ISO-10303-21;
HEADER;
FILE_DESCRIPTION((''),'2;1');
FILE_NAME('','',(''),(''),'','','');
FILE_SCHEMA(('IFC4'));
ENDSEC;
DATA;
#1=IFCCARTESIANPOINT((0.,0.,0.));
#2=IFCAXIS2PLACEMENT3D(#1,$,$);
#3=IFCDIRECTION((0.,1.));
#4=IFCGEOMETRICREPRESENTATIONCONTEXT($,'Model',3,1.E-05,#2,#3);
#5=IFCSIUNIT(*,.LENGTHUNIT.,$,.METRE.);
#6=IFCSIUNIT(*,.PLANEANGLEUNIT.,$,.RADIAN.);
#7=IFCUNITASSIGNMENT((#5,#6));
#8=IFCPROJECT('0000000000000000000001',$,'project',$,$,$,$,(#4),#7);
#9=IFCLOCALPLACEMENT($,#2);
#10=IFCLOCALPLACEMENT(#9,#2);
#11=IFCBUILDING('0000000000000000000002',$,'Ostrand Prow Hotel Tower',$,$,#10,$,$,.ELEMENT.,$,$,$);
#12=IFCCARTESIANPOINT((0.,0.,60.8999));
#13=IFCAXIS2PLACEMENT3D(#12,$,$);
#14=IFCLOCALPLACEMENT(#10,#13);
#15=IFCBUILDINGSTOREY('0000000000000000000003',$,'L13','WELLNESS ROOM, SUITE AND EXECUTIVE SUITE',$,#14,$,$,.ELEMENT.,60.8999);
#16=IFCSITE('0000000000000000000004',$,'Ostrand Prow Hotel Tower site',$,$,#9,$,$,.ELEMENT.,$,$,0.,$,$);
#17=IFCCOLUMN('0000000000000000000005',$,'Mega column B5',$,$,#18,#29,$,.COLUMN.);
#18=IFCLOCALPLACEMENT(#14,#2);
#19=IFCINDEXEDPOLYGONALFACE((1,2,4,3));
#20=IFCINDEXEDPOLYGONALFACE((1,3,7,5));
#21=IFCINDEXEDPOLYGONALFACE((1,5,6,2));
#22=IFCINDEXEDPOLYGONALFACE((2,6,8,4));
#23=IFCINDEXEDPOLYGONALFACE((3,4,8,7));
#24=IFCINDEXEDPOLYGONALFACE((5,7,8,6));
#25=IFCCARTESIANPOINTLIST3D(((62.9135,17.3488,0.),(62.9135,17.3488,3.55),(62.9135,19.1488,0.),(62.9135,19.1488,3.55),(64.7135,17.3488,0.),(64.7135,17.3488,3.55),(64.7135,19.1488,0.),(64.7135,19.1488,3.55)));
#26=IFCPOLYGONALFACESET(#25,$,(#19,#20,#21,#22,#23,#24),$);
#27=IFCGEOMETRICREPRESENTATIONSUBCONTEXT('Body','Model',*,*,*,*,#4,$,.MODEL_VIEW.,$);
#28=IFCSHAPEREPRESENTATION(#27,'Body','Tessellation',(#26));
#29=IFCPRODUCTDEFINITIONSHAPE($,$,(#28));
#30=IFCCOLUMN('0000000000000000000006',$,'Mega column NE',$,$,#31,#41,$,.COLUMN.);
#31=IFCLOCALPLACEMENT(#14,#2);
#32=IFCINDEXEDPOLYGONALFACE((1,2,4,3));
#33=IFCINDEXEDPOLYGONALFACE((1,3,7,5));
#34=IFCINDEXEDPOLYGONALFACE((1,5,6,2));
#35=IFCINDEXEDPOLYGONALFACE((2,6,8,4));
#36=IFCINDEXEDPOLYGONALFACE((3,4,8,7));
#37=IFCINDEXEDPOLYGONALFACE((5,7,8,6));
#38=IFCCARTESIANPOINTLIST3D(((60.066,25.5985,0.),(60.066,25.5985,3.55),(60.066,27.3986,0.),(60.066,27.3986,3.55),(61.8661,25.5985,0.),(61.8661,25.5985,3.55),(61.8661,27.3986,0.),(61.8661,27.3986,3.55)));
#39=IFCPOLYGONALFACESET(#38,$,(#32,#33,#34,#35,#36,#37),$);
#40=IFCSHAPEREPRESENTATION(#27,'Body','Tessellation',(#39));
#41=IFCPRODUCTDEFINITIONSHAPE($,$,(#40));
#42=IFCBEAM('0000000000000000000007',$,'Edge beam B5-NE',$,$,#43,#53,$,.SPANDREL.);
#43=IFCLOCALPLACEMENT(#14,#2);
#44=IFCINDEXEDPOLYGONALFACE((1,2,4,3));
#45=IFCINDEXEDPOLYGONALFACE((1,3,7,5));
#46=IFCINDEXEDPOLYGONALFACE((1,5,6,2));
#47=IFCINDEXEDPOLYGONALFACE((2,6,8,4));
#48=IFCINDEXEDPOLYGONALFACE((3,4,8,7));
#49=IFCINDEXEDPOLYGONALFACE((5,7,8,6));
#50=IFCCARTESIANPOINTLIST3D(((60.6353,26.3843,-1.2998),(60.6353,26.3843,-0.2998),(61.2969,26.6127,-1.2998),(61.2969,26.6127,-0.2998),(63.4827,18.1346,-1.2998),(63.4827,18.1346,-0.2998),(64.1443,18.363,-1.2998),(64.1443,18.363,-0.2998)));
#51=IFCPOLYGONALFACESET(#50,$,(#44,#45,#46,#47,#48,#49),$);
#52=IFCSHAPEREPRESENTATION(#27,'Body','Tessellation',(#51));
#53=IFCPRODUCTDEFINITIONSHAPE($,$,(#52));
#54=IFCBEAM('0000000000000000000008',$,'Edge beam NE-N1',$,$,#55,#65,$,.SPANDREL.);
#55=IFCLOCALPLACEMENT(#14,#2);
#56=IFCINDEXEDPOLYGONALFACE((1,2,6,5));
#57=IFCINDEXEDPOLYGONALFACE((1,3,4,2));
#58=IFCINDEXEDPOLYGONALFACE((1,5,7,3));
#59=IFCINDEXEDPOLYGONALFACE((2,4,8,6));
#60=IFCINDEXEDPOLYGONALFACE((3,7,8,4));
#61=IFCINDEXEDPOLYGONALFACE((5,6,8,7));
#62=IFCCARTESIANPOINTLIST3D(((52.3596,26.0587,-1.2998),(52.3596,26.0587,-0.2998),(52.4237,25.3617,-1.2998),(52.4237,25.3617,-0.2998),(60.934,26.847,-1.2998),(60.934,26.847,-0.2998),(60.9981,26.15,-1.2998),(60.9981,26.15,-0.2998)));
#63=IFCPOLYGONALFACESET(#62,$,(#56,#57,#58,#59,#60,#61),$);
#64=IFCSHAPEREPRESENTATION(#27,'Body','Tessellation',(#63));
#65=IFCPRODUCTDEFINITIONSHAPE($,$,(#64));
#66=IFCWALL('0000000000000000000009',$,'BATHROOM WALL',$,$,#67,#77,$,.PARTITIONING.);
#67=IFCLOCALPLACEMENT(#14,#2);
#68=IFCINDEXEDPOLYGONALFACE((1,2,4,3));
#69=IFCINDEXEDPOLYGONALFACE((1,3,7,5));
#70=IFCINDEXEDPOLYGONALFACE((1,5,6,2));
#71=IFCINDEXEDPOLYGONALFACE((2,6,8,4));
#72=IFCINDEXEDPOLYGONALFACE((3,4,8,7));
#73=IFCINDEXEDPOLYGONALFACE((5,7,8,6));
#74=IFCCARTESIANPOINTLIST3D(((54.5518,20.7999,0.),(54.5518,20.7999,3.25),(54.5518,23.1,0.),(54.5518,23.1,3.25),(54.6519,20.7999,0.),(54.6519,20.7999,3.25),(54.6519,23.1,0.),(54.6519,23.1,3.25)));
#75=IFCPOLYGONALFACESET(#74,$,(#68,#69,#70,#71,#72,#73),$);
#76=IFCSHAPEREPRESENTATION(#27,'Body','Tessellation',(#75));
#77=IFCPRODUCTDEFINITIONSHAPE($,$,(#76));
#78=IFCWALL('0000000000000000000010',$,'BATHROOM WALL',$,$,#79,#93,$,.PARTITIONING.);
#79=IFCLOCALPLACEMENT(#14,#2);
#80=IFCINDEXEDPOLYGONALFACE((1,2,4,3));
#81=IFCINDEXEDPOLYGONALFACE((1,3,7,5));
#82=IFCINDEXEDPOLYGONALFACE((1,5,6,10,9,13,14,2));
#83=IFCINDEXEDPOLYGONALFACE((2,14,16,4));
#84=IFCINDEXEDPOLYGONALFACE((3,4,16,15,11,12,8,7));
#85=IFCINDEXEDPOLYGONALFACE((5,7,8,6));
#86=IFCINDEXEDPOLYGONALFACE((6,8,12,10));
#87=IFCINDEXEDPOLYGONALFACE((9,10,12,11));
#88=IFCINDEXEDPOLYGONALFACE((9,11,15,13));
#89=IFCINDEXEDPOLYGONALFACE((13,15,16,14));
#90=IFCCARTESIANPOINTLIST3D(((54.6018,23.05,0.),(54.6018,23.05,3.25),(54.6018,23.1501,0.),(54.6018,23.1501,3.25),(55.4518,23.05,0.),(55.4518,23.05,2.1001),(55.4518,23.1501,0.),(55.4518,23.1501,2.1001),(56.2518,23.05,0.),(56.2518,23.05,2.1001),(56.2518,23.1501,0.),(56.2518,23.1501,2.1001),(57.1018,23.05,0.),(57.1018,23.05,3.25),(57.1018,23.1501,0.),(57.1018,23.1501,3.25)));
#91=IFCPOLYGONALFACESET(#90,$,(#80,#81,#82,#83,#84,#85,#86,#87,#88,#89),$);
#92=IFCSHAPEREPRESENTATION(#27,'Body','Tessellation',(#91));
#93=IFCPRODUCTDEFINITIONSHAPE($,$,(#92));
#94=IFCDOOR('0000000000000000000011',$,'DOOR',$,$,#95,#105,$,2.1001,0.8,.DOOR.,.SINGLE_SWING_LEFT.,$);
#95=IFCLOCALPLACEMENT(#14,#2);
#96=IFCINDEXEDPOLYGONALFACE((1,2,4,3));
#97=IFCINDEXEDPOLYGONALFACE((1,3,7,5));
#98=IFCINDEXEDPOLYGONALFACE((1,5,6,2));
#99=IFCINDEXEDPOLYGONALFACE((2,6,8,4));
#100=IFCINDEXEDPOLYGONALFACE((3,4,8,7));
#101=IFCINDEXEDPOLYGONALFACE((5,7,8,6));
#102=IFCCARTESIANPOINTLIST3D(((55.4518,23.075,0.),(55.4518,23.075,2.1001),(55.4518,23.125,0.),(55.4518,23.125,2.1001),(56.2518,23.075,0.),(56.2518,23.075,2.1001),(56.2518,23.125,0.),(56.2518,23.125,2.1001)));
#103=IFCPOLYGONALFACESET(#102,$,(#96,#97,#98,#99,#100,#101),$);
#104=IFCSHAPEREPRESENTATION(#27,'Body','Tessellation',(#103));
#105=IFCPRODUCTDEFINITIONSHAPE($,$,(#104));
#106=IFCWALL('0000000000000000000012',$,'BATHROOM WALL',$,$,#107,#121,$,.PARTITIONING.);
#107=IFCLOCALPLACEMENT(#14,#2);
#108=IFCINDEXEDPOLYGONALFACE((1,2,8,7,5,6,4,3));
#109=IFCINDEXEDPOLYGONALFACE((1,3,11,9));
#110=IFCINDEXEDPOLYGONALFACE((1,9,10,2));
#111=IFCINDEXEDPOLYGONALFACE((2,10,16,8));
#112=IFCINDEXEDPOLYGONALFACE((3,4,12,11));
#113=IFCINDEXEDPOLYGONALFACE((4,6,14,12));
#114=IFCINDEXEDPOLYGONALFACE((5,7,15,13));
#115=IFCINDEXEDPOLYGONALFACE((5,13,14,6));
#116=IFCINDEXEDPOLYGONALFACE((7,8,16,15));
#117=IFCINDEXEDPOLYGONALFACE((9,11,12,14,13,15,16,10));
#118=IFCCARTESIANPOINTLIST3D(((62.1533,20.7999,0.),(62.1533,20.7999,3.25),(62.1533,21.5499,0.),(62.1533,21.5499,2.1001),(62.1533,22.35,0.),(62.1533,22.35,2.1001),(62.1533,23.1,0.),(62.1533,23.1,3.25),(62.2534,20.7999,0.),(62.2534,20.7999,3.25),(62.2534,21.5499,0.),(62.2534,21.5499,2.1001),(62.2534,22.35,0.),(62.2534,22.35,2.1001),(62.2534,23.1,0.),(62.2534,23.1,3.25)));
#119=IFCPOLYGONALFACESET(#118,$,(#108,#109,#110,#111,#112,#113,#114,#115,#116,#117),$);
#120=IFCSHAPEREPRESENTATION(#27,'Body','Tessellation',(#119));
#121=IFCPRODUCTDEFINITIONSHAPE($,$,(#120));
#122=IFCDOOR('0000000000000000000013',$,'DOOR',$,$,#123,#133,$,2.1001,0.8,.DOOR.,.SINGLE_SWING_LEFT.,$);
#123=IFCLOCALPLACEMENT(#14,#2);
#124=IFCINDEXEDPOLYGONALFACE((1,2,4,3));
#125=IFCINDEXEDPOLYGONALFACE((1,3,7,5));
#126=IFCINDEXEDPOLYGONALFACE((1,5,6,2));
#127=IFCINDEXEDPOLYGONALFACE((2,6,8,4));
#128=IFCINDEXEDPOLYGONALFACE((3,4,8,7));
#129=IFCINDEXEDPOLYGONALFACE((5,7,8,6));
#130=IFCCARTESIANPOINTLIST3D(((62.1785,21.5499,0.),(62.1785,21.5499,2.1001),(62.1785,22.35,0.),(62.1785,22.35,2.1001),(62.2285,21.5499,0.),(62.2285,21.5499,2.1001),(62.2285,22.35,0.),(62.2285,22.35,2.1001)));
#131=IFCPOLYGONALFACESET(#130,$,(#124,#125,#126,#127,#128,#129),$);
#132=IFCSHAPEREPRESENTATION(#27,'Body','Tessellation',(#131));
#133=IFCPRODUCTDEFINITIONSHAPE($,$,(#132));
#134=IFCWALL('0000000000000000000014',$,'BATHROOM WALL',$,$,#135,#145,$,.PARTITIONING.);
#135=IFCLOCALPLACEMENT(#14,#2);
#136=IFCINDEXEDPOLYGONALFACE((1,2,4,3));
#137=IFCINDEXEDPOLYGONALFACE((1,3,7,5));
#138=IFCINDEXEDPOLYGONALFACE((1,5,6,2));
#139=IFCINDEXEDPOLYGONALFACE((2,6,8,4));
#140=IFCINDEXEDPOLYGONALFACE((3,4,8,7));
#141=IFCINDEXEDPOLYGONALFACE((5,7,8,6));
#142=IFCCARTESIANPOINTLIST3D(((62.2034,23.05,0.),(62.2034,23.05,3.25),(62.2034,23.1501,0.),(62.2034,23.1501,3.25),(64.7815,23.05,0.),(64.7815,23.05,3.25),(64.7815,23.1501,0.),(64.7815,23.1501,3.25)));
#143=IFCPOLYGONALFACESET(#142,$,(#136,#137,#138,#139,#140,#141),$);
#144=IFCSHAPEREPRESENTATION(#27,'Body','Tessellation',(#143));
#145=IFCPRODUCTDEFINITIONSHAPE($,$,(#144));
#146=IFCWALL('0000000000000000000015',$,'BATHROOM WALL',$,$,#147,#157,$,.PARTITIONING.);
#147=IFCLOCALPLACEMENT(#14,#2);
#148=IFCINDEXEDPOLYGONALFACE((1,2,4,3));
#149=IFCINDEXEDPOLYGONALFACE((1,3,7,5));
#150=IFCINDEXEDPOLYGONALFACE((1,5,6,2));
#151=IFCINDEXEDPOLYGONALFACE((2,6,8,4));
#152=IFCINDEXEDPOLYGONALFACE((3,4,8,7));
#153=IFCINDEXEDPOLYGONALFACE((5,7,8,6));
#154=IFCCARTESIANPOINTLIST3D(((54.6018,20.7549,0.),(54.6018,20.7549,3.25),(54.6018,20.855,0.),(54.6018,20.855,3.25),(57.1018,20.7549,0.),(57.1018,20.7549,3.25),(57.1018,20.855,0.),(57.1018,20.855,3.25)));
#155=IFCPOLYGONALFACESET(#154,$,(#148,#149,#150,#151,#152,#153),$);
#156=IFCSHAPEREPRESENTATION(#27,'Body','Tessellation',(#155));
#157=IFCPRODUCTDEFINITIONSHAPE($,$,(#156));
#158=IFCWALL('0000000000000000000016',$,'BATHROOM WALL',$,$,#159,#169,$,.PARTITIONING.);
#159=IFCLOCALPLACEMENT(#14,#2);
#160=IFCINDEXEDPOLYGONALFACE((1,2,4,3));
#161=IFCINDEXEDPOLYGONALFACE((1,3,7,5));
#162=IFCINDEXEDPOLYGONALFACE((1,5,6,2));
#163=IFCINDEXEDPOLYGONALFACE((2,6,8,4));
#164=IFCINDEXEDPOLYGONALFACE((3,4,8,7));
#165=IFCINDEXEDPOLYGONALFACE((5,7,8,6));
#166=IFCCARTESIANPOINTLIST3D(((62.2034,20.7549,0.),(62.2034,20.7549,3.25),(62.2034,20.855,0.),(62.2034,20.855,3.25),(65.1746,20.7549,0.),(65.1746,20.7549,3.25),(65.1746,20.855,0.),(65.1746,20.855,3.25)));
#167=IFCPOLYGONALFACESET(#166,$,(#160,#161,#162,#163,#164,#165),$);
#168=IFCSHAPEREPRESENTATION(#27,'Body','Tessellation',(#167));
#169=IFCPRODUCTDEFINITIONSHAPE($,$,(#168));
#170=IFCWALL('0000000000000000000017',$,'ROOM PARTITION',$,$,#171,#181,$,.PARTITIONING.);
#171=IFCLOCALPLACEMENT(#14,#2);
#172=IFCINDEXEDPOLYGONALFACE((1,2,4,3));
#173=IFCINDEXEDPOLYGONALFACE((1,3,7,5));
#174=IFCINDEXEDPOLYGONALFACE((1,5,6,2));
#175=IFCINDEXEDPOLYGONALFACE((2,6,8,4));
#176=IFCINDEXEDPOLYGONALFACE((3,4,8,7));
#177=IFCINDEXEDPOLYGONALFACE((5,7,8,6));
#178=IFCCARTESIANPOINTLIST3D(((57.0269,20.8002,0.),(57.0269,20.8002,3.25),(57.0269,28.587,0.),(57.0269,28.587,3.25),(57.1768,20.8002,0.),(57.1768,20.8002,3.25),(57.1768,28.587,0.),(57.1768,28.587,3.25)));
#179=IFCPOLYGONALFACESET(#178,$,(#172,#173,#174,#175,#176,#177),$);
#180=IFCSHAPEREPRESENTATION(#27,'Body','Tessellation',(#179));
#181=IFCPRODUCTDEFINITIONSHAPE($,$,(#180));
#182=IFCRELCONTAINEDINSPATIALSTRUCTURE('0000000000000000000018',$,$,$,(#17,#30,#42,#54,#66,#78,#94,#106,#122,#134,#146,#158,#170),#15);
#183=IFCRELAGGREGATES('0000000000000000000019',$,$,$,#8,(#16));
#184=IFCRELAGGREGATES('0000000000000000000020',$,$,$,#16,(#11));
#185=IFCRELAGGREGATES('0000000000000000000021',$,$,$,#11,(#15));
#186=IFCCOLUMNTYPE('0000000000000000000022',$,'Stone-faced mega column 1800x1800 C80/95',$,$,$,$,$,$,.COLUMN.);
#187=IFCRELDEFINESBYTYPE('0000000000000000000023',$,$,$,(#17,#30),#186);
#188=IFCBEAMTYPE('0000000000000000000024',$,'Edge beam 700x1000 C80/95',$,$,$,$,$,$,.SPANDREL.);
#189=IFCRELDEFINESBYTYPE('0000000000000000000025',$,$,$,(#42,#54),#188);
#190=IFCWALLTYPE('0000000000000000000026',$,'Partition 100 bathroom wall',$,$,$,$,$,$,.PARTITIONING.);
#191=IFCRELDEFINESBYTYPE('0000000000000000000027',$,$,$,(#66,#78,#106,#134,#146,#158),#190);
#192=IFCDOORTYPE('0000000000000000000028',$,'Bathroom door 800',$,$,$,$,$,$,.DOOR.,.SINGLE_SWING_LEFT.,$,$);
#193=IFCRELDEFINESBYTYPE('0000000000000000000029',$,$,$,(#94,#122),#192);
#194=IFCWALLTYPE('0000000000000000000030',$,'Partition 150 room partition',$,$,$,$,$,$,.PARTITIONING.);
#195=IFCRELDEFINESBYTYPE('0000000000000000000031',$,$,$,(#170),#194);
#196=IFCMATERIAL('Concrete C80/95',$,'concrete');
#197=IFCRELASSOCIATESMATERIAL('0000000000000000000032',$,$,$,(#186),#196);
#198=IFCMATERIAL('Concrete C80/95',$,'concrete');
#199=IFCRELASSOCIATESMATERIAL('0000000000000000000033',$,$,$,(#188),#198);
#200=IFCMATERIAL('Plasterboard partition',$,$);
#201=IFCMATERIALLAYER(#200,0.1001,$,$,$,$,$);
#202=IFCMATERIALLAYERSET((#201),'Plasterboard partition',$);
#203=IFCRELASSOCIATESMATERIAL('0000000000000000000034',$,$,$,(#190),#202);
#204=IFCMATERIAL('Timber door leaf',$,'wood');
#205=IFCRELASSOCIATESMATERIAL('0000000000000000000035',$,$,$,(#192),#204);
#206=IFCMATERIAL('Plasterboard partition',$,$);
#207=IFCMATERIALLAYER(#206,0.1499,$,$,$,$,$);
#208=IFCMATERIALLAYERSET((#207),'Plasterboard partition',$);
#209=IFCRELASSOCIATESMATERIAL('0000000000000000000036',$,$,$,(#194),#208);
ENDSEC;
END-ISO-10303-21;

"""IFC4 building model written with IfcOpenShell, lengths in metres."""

from ifc_helpers import new_model, si_unit, direction, frame, frame_2d, origin, origin_2d, place, context, subcontext, project, spatial, rectangle, extrude, material, layer, layer_set, material_profile, profile_set, type_object, element, fill, save


model = new_model("IFC4")

# Units and contexts
model_context = context("Model", 3, precision=1e-05, world=origin(), true_north=direction((0.0, 1.0)))
body_context = subcontext(model_context, "Body", "Model", "MODEL_VIEW")
ifc_project = project(units=[si_unit("LENGTHUNIT", "METRE"), si_unit("PLANEANGLEUNIT", "RADIAN")], contexts=[model_context])

# Site, building, storey
site_placement = place(None, origin())
site = spatial("IfcSite", under=ifc_project, at=site_placement, Name="Ostrand Prow Hotel Tower site", CompositionType="ELEMENT", RefElevation=0.0)
building_placement = place(site_placement, origin())
building = spatial("IfcBuilding", under=site, at=building_placement, Name="Ostrand Prow Hotel Tower", CompositionType="ELEMENT")
storey_placement = place(building_placement, frame((0.0, 0.0, 60.8999)))
storey = spatial("IfcBuildingStorey", under=building, at=storey_placement, Name="L13", Description="WELLNESS ROOM, SUITE AND EXECUTIVE SUITE", CompositionType="ELEMENT", Elevation=60.8999)

# Columns
ifc_material_1 = material(Name="Concrete C80/95", Category="concrete")
ifc_material_profile_1 = material_profile(ifc_material_1, rectangle(XDim=1.8, YDim=1.8, at=origin_2d()), Name="RC 1800x1800")
ifc_profile_set_1 = profile_set([ifc_material_profile_1], Name="Concrete C80/95")
column_type = type_object("IfcColumnType", Name="Stone-faced mega column 1800x1800 C80/95", PredefinedType="COLUMN", material=ifc_profile_set_1)
for number, where, z_axis, x_axis, name in (
    (1, (63.8135, 18.2488, 0.0), (0.0, 0.0, 1.0), (1.0, 0.0, 0.0), "Mega column B5"),
    (2, (60.9661, 26.4985, 0.0), (0.0, 0.0, 1.0), (1.0, 0.0, 0.0), "Mega column NE"),
):
    element("IfcColumn", number, at=place(storey_placement, frame(where, z_axis=z_axis, x_axis=x_axis)), inside=storey, type_object=column_type, Name=name, PredefinedType="COLUMN", context=body_context, shape_type="SweptSolid", body=[
        extrude(rectangle(XDim=1.8, YDim=1.8, at=origin_2d()), origin(), (0.0, 0.0, 1.0), 3.55),
    ])

# Beams
ifc_material_2 = material(Name="Concrete C80/95", Category="concrete")
ifc_material_profile_2 = material_profile(ifc_material_2, rectangle(XDim=0.7, YDim=1.0, at=origin_2d()), Name="RC 700x1000")
ifc_profile_set_2 = profile_set([ifc_material_profile_2], Name="Concrete C80/95")
beam_type = type_object("IfcBeamType", Name="Edge beam 700x1000 C80/95", PredefinedType="SPANDREL", material=ifc_profile_set_2)
beam_1_placement = place(storey_placement, frame((63.8135, 18.2488, -0.7998), z_axis=(-0.326264, 0.945279, 0.0), x_axis=(-0.945279, -0.326264, 0.0)))
element("IfcBeam", 3, at=beam_1_placement, inside=storey, type_object=beam_type, Name="Edge beam B5-NE", PredefinedType="SPANDREL", context=body_context, shape_type="SweptSolid", body=[
    extrude(rectangle(XDim=0.7, YDim=1.0, at=origin_2d()), origin(), (0.0, 0.0, 1.0), 8.7273),
])
beam_2_placement = place(storey_placement, frame((60.9661, 26.4985, -0.7998), z_axis=(-0.9958, -0.091553, 0.0), x_axis=(0.091553, -0.9958, 0.0)))
element("IfcBeam", 4, at=beam_2_placement, inside=storey, type_object=beam_type, Name="Edge beam NE-N1", PredefinedType="SPANDREL", context=body_context, shape_type="SweptSolid", body=[
    extrude(rectangle(XDim=0.7, YDim=1.0, at=origin_2d()), origin(), (0.0, 0.0, 1.0), 8.6106),
])

# Wall
ifc_material_3 = material(Name="Plasterboard partition")
ifc_layer_1 = layer(ifc_material_3, 0.1001)
ifc_layer_set_1 = layer_set([ifc_layer_1], Name="Plasterboard partition")
wall_type_1 = type_object("IfcWallType", Name="Partition 100 bathroom wall", PredefinedType="PARTITIONING", material=ifc_layer_set_1)
wall_1_placement = place(storey_placement, frame((54.6018, 20.8, 0.0), z_axis=(0.0, 0.0, 1.0), x_axis=(0.0, 1.0, 0.0)))
element("IfcWall", 5, at=wall_1_placement, inside=storey, type_object=wall_type_1, Name="BATHROOM WALL", PredefinedType="PARTITIONING", context=body_context, shape_type="SweptSolid", body=[
    extrude(rectangle(XDim=2.3, YDim=0.1001, at=frame_2d((1.1499, 0.0))), origin(), (0.0, 0.0, 1.0), 3.25),
])

# Walls, openings, doors
wall_2_placement = place(storey_placement, frame((54.6018, 23.1001, 0.0), z_axis=(0.0, 0.0, 1.0), x_axis=(1.0, 0.0, 0.0)))
wall_2 = element("IfcWall", 6, at=wall_2_placement, inside=storey, type_object=wall_type_1, Name="BATHROOM WALL", PredefinedType="PARTITIONING", context=body_context, shape_type="SweptSolid", body=[
    extrude(rectangle(XDim=2.5, YDim=0.1001, at=frame_2d((1.25, 0.0))), origin(), (0.0, 0.0, 1.0), 3.25),
])
opening_1_placement = place(wall_2_placement, frame((0.8501, 0.0, 0.0)))
opening_1 = element("IfcOpeningElement", 7, at=opening_1_placement, cuts=wall_2, PredefinedType="OPENING", context=body_context, shape_type="SweptSolid", body=[
    extrude(rectangle(XDim=0.8, YDim=2.1001, at=frame_2d((0.3999, 1.05))), frame((0.0, 0.0601, 0.0), z_axis=(0.0, -1.0, 0.0), x_axis=(1.0, 0.0, 0.0)), (0.0, 0.0, 1.0), 0.1201),
])
ifc_material_4 = material(Name="Timber door leaf", Category="wood")
door_type_1 = type_object("IfcDoorType", Name="Bathroom door 800", OperationType="SINGLE_SWING_LEFT", PredefinedType="DOOR", material=ifc_material_4)
door_1_placement = place(opening_1_placement, origin())
door_1 = element("IfcDoor", 8, at=door_1_placement, inside=storey, type_object=door_type_1, Name="DOOR", OperationType="SINGLE_SWING_LEFT", OverallHeight=2.1001, OverallWidth=0.8, PredefinedType="DOOR", context=body_context, shape_type="SweptSolid", body=[
    extrude(rectangle(XDim=0.8, YDim=2.1001, at=frame_2d((0.3999, 1.05))), frame((0.0, 0.0249, 0.0), z_axis=(0.0, -1.0, 0.0), x_axis=(1.0, 0.0, 0.0)), (0.0, 0.0, 1.0), 0.05),
])
fill(opening_1, door_1)
wall_3_placement = place(storey_placement, frame((62.2034, 20.8, 0.0), z_axis=(0.0, 0.0, 1.0), x_axis=(0.0, 1.0, 0.0)))
wall_3 = element("IfcWall", 9, at=wall_3_placement, inside=storey, type_object=wall_type_1, Name="BATHROOM WALL", PredefinedType="PARTITIONING", context=body_context, shape_type="SweptSolid", body=[
    extrude(rectangle(XDim=2.3, YDim=0.1001, at=frame_2d((1.1499, 0.0))), origin(), (0.0, 0.0, 1.0), 3.25),
])
opening_2_placement = place(wall_3_placement, frame((0.75, 0.0, 0.0)))
opening_2 = element("IfcOpeningElement", 10, at=opening_2_placement, cuts=wall_3, PredefinedType="OPENING", context=body_context, shape_type="SweptSolid", body=[
    extrude(rectangle(XDim=0.8, YDim=2.1001, at=frame_2d((0.3999, 1.05))), frame((0.0, 0.0601, 0.0), z_axis=(0.0, -1.0, 0.0), x_axis=(1.0, 0.0, 0.0)), (0.0, 0.0, 1.0), 0.1201),
])
door_2_placement = place(opening_2_placement, origin())
door_2 = element("IfcDoor", 11, at=door_2_placement, inside=storey, type_object=door_type_1, Name="DOOR", OperationType="SINGLE_SWING_LEFT", OverallHeight=2.1001, OverallWidth=0.8, PredefinedType="DOOR", context=body_context, shape_type="SweptSolid", body=[
    extrude(rectangle(XDim=0.8, YDim=2.1001, at=frame_2d((0.3999, 1.05))), frame((0.0, 0.0249, 0.0), z_axis=(0.0, -1.0, 0.0), x_axis=(1.0, 0.0, 0.0)), (0.0, 0.0, 1.0), 0.05),
])
fill(opening_2, door_2)

# Walls
wall_4_placement = place(storey_placement, frame((62.2034, 23.1001, 0.0), z_axis=(0.0, 0.0, 1.0), x_axis=(1.0, 0.0, 0.0)))
element("IfcWall", 12, at=wall_4_placement, inside=storey, type_object=wall_type_1, Name="BATHROOM WALL", PredefinedType="PARTITIONING", context=body_context, shape_type="SweptSolid", body=[
    extrude(rectangle(XDim=2.5781, YDim=0.1001, at=frame_2d((1.2891, 0.0))), origin(), (0.0, 0.0, 1.0), 3.25),
])
wall_5_placement = place(storey_placement, frame((57.1018, 20.8049, 0.0), z_axis=(0.0, 0.0, 1.0), x_axis=(-1.0, 0.0, 0.0)))
element("IfcWall", 13, at=wall_5_placement, inside=storey, type_object=wall_type_1, Name="BATHROOM WALL", PredefinedType="PARTITIONING", context=body_context, shape_type="SweptSolid", body=[
    extrude(rectangle(XDim=2.5, YDim=0.1001, at=frame_2d((1.25, 0.0))), origin(), (0.0, 0.0, 1.0), 3.25),
])
wall_6_placement = place(storey_placement, frame((65.1746, 20.8049, 0.0), z_axis=(0.0, 0.0, 1.0), x_axis=(-1.0, 0.0, 0.0)))
element("IfcWall", 14, at=wall_6_placement, inside=storey, type_object=wall_type_1, Name="BATHROOM WALL", PredefinedType="PARTITIONING", context=body_context, shape_type="SweptSolid", body=[
    extrude(rectangle(XDim=2.9712, YDim=0.1001, at=frame_2d((1.4856, 0.0))), origin(), (0.0, 0.0, 1.0), 3.25),
])
ifc_material_5 = material(Name="Plasterboard partition")
ifc_layer_2 = layer(ifc_material_5, 0.1499)
ifc_layer_set_2 = layer_set([ifc_layer_2], Name="Plasterboard partition")
wall_type_2 = type_object("IfcWallType", Name="Partition 150 room partition", PredefinedType="PARTITIONING", material=ifc_layer_set_2)
wall_7_placement = place(storey_placement, frame((57.1018, 20.8, 0.0), z_axis=(0.0, 0.0, 1.0), x_axis=(0.0, 1.0, 0.0)))
element("IfcWall", 15, at=wall_7_placement, inside=storey, type_object=wall_type_2, Name="ROOM PARTITION", PredefinedType="PARTITIONING", context=body_context, shape_type="SweptSolid", body=[
    extrude(rectangle(XDim=7.7869, YDim=0.1499, at=frame_2d((3.8936, 0.0))), origin(), (0.0, 0.0, 1.0), 3.25),
])

save(model, "model.ifc")
